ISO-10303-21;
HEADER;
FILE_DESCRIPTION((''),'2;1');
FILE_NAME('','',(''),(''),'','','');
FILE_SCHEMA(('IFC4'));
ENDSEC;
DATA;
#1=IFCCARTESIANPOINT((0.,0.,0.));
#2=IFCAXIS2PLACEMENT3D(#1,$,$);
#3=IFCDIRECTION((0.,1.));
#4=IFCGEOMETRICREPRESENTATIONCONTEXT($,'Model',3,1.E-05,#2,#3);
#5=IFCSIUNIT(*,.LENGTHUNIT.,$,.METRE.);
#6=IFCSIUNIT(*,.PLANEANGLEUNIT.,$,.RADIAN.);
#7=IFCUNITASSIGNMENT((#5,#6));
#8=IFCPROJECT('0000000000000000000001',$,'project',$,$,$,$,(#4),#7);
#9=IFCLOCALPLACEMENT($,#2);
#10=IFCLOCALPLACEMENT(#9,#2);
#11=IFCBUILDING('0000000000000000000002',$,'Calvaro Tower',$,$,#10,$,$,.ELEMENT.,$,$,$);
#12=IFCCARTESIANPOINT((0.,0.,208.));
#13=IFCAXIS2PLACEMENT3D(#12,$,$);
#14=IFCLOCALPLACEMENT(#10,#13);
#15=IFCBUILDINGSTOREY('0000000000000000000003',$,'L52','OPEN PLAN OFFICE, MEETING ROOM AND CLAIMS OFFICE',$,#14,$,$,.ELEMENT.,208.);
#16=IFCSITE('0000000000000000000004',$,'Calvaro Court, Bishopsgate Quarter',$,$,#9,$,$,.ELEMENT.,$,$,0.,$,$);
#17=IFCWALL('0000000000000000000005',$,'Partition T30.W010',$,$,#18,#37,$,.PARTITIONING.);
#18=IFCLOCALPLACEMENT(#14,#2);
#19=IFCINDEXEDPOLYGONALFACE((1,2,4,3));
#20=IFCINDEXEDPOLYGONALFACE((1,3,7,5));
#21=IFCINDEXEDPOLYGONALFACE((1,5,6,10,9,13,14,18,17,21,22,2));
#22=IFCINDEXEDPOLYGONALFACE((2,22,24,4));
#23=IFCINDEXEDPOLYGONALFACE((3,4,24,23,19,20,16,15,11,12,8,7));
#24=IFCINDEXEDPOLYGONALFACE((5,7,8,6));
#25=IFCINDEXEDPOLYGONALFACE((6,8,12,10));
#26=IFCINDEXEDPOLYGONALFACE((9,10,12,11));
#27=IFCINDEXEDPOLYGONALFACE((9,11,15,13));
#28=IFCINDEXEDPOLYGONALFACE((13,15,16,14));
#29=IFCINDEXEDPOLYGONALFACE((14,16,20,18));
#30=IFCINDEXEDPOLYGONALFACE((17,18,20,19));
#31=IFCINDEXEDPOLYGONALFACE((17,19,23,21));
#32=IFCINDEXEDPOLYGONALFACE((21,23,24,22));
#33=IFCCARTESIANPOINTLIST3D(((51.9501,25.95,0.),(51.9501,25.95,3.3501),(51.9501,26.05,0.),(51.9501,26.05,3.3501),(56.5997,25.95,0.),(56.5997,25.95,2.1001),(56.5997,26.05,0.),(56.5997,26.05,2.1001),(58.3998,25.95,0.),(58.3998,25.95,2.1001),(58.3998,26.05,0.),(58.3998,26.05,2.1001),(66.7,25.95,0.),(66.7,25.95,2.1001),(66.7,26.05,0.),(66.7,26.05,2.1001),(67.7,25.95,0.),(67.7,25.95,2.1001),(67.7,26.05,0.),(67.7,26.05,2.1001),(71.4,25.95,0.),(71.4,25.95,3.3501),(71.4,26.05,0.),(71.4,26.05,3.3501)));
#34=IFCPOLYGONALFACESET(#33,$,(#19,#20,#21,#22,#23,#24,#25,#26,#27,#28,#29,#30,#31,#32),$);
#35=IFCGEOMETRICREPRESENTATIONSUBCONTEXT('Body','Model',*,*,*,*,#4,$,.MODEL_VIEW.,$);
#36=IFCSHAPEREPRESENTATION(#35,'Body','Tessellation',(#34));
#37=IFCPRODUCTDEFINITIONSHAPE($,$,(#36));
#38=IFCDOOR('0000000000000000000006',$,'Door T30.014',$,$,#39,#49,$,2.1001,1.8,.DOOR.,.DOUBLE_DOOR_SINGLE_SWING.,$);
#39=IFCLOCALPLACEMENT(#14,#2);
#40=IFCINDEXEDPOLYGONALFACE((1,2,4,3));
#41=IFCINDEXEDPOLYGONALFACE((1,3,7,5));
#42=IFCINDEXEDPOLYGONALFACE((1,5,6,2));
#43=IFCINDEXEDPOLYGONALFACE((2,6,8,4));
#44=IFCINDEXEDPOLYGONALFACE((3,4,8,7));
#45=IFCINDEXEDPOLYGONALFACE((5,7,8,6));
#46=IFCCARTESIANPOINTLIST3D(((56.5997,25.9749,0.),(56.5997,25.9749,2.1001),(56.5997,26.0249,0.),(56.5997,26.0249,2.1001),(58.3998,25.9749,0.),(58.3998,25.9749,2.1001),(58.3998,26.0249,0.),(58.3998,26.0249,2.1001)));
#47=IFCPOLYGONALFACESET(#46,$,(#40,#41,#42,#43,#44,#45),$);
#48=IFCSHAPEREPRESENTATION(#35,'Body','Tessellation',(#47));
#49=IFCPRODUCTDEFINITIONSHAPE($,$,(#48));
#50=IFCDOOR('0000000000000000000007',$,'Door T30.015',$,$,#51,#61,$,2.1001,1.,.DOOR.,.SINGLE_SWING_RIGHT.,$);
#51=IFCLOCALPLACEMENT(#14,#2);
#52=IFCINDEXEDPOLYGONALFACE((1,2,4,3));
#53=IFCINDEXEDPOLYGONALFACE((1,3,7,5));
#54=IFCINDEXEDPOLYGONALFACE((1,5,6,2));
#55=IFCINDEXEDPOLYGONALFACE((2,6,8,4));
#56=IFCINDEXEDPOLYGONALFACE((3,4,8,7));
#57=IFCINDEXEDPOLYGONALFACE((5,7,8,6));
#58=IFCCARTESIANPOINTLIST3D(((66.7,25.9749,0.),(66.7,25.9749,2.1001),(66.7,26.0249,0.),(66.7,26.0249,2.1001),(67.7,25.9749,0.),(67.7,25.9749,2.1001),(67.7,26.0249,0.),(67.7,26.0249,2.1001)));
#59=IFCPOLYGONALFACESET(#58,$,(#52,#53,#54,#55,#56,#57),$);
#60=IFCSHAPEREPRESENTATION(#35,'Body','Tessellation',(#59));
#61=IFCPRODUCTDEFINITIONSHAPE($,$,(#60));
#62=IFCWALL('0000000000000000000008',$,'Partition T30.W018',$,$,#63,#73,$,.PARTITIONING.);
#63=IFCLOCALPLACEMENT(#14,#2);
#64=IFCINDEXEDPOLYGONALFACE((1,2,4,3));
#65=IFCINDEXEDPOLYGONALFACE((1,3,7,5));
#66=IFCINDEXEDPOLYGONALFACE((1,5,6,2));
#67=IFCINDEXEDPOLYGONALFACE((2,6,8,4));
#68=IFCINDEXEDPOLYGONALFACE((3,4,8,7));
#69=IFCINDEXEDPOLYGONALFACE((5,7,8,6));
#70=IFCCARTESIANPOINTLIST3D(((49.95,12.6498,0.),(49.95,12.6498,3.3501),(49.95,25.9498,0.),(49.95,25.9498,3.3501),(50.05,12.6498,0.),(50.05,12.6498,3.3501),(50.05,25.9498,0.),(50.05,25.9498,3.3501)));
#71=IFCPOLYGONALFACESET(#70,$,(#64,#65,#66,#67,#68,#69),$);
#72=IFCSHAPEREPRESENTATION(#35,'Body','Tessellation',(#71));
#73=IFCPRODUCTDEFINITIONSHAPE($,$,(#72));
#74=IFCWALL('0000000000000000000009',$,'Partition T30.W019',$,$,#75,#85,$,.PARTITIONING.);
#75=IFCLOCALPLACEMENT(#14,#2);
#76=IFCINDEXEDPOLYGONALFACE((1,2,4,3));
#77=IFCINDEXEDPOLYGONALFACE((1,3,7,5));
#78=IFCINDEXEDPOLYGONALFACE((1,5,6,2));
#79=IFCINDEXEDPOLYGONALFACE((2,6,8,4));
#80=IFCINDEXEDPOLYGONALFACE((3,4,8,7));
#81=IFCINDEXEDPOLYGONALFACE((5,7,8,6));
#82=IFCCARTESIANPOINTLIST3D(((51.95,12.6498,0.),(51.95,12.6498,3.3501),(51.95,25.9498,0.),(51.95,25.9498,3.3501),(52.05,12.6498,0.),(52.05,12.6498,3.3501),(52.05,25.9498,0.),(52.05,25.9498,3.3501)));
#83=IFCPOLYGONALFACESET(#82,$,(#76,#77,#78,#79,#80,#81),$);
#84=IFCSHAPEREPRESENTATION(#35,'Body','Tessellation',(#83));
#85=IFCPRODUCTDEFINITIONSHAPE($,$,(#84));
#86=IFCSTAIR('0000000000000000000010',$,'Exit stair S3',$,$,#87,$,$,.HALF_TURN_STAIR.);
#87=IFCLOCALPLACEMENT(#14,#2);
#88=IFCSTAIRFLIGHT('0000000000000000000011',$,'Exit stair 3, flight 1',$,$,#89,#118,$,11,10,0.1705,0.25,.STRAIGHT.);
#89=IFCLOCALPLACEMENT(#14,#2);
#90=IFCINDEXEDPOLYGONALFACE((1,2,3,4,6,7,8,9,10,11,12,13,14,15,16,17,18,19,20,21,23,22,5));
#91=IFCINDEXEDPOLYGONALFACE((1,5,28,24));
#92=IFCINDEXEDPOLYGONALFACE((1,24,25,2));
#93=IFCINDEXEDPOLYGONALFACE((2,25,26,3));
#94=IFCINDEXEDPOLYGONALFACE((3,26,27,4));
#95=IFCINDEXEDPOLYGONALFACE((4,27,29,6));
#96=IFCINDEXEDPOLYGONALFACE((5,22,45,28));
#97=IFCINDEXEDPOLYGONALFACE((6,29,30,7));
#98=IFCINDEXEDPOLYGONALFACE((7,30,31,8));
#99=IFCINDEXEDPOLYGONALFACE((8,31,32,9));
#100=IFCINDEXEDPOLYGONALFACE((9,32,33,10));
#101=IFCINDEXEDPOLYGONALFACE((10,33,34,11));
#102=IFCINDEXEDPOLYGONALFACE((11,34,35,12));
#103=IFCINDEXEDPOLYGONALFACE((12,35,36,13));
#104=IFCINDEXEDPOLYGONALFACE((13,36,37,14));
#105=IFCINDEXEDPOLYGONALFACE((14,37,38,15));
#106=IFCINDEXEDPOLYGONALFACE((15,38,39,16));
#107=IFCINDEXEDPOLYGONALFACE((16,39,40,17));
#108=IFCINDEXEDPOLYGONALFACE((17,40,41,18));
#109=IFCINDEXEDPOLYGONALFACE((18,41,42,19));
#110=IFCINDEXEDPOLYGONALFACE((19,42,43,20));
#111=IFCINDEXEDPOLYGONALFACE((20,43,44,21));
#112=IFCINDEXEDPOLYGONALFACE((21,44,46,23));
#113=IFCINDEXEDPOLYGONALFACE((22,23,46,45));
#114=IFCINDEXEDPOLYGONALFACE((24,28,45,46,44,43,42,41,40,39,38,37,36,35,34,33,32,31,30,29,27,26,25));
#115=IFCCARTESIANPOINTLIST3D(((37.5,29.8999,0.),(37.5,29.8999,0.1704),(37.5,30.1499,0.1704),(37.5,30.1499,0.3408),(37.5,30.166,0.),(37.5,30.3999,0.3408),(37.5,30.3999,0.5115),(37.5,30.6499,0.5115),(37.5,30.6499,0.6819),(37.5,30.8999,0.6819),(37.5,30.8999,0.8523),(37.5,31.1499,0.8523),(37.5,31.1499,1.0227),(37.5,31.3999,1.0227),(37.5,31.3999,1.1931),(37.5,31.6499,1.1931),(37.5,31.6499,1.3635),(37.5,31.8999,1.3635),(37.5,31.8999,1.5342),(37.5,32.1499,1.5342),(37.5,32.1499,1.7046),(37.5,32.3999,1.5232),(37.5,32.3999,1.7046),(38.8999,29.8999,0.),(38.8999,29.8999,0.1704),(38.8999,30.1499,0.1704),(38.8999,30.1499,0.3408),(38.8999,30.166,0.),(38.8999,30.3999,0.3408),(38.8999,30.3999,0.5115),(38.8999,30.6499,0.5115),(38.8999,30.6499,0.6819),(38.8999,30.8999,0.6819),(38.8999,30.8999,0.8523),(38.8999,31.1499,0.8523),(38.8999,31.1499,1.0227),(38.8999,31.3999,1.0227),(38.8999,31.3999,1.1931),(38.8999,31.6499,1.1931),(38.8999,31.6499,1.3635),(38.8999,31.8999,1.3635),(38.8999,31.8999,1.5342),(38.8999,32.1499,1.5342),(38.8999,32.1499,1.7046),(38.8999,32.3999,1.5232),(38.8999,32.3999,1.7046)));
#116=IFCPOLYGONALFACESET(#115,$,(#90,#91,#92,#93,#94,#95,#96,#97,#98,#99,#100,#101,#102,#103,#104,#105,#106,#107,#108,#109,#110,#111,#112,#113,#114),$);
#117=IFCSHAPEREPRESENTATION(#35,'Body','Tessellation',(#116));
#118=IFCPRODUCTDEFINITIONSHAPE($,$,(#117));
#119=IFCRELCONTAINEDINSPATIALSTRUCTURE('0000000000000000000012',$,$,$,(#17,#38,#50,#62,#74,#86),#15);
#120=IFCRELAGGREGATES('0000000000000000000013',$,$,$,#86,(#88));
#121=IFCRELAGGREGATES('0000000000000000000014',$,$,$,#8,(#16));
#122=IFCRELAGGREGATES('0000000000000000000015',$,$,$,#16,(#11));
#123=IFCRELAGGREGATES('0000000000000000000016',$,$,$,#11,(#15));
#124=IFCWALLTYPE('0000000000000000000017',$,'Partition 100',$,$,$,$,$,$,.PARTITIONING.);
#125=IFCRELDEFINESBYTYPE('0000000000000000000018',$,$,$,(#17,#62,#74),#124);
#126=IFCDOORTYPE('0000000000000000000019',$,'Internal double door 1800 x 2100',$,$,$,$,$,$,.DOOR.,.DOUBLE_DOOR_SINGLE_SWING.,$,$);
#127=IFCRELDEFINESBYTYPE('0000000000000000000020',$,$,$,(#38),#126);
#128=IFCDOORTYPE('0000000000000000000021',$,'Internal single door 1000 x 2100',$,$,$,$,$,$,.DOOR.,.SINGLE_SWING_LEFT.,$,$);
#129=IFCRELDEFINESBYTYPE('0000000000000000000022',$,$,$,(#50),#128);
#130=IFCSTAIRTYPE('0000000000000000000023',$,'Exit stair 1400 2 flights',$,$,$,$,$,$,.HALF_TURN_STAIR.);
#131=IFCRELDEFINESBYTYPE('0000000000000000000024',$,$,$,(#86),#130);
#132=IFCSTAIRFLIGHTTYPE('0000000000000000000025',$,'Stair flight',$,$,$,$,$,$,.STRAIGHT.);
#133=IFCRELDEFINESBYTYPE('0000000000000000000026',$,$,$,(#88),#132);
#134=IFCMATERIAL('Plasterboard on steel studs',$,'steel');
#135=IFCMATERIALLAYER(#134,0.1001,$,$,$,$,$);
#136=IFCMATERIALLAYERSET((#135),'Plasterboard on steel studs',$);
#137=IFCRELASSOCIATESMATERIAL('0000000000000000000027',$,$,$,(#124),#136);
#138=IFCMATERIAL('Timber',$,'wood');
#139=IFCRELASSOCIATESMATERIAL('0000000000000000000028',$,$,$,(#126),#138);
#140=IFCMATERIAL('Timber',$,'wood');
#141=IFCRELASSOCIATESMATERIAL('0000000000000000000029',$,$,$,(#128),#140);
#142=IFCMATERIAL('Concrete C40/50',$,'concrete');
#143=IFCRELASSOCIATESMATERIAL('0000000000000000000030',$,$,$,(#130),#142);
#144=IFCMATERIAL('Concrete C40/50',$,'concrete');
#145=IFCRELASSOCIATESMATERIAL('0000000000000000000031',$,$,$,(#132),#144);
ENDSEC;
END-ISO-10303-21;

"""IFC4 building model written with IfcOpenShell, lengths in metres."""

from ifc_helpers import new_model, si_unit, direction, frame, frame_2d, origin, place, context, subcontext, project, spatial, polyline, rectangle, outline, extrude, material, layer, layer_set, type_object, element, fill, aggregate, save


model = new_model("IFC4")

# Units and contexts
model_context = context("Model", 3, precision=1e-05, world=origin(), true_north=direction((0.0, 1.0)))
body_context = subcontext(model_context, "Body", "Model", "MODEL_VIEW")
ifc_project = project(units=[si_unit("LENGTHUNIT", "METRE"), si_unit("PLANEANGLEUNIT", "RADIAN")], contexts=[model_context])

# Site, building, storey
site_placement = place(None, origin())
site = spatial("IfcSite", under=ifc_project, at=site_placement, Name="Calvaro Court, Bishopsgate Quarter", CompositionType="ELEMENT", RefElevation=0.0)
building_placement = place(site_placement, origin())
building = spatial("IfcBuilding", under=site, at=building_placement, Name="Calvaro Tower", CompositionType="ELEMENT")
storey_placement = place(building_placement, frame((0.0, 0.0, 208.0)))
storey = spatial("IfcBuildingStorey", under=building, at=storey_placement, Name="L52", Description="OPEN PLAN OFFICE, MEETING ROOM AND CLAIMS OFFICE", CompositionType="ELEMENT", Elevation=208.0)

# Shared definitions
ifc_material_1 = material(Name="Plasterboard on steel studs", Category="steel")
ifc_layer_1 = layer(ifc_material_1, 0.1001)
ifc_layer_set_1 = layer_set([ifc_layer_1], Name="Plasterboard on steel studs")
wall_type_1 = type_object("IfcWallType", Name="Partition 100", PredefinedType="PARTITIONING", material=ifc_layer_set_1)
ifc_material_2 = material(Name="Timber", Category="wood")
door_type_1 = type_object("IfcDoorType", Name="Internal double door 1800 x 2100", OperationType="DOUBLE_DOOR_SINGLE_SWING", PredefinedType="DOOR", material=ifc_material_2)
ifc_material_3 = material(Name="Timber", Category="wood")
door_type_2 = type_object("IfcDoorType", Name="Internal single door 1000 x 2100", OperationType="SINGLE_SWING_LEFT", PredefinedType="DOOR", material=ifc_material_3)

# Wall, openings, doors
wall_1_placement = place(storey_placement, frame((51.95, 26.0, 0.0), z_axis=(0.0, 0.0, 1.0), x_axis=(1.0, 0.0, 0.0)))
wall_1 = element("IfcWall", 1, at=wall_1_placement, inside=storey, type_object=wall_type_1, Name="Partition T30.W010", PredefinedType="PARTITIONING", context=body_context, shape_type="SweptSolid", body=[
    extrude(rectangle(XDim=19.45, YDim=0.1001, at=frame_2d((9.7251, 0.0))), origin(), (0.0, 0.0, 1.0), 3.3501),
])
opening_1_placement = place(wall_1_placement, frame((4.6499, 0.0, 0.0)))
opening_1 = element("IfcOpeningElement", 2, at=opening_1_placement, cuts=wall_1, PredefinedType="OPENING", context=body_context, shape_type="SweptSolid", body=[
    extrude(rectangle(XDim=1.8, YDim=2.1001, at=frame_2d((0.8999, 1.05))), frame((0.0, 0.0601, 0.0), z_axis=(0.0, -1.0, 0.0), x_axis=(1.0, 0.0, 0.0)), (0.0, 0.0, 1.0), 0.1201),
])
opening_2_placement = place(wall_1_placement, frame((14.75, 0.0, 0.0)))
opening_2 = element("IfcOpeningElement", 3, at=opening_2_placement, cuts=wall_1, PredefinedType="OPENING", context=body_context, shape_type="SweptSolid", body=[
    extrude(rectangle(XDim=1.0, YDim=2.1001, at=frame_2d((0.5, 1.05))), frame((0.0, 0.0601, 0.0), z_axis=(0.0, -1.0, 0.0), x_axis=(1.0, 0.0, 0.0)), (0.0, 0.0, 1.0), 0.1201),
])
door_1_placement = place(opening_1_placement, origin())
door_1 = element("IfcDoor", 4, at=door_1_placement, inside=storey, type_object=door_type_1, Name="Door T30.014", OperationType="DOUBLE_DOOR_SINGLE_SWING", OverallHeight=2.1001, OverallWidth=1.8, PredefinedType="DOOR", context=body_context, shape_type="SweptSolid", body=[
    extrude(rectangle(XDim=1.8, YDim=2.1001, at=frame_2d((0.8999, 1.05))), frame((0.0, 0.0249, 0.0), z_axis=(0.0, -1.0, 0.0), x_axis=(1.0, 0.0, 0.0)), (0.0, 0.0, 1.0), 0.05),
])
fill(opening_1, door_1)
door_2_placement = place(opening_2_placement, origin())
door_2 = element("IfcDoor", 5, at=door_2_placement, inside=storey, type_object=door_type_2, Name="Door T30.015", OperationType="SINGLE_SWING_RIGHT", OverallHeight=2.1001, OverallWidth=1.0, PredefinedType="DOOR", context=body_context, shape_type="SweptSolid", body=[
    extrude(rectangle(XDim=1.0, YDim=2.1001, at=frame_2d((0.5, 1.05))), frame((0.0, 0.0249, 0.0), z_axis=(0.0, -1.0, 0.0), x_axis=(1.0, 0.0, 0.0)), (0.0, 0.0, 1.0), 0.05),
])
fill(opening_2, door_2)

# Walls
for number, where, z_axis, x_axis, name in (
    (6, (50.0, 12.6499, 0.0), (0.0, 0.0, 1.0), (0.0, 1.0, 0.0), "Partition T30.W018"),
    (7, (52.0, 12.6499, 0.0), (0.0, 0.0, 1.0), (0.0, 1.0, 0.0), "Partition T30.W019"),
):
    element("IfcWall", number, at=place(storey_placement, frame(where, z_axis=z_axis, x_axis=x_axis)), inside=storey, type_object=wall_type_1, Name=name, PredefinedType="PARTITIONING", context=body_context, shape_type="SweptSolid", body=[
        extrude(rectangle(XDim=13.3, YDim=0.1001, at=frame_2d((6.6499, 0.0))), origin(), (0.0, 0.0, 1.0), 3.3501),
    ])

# Stair, stair flight
ifc_material_4 = material(Name="Concrete C40/50", Category="concrete")
stair_type = type_object("IfcStairType", Name="Exit stair 1400 2 flights", PredefinedType="HALF_TURN_STAIR", material=ifc_material_4)
stair_placement = place(storey_placement, origin())
stair = element("IfcStair", 8, at=stair_placement, inside=storey, type_object=stair_type, Name="Exit stair S3", PredefinedType="HALF_TURN_STAIR")
ifc_material_5 = material(Name="Concrete C40/50", Category="concrete")
stair_flight_type = type_object("IfcStairFlightType", Name="Stair flight", PredefinedType="STRAIGHT", material=ifc_material_5)
stair_flight_placement = place(storey_placement, frame((38.2, 29.8999, 0.0), z_axis=(0.0, 0.0, 1.0), x_axis=(0.0, 1.0, 0.0)))
stair_flight = element("IfcStairFlight", 9, at=stair_flight_placement, type_object=stair_flight_type, Name="Exit stair 3, flight 1", NumberOfRisers=11, NumberOfTreads=10, PredefinedType="STRAIGHT", RiserHeight=0.1705, TreadLength=0.25, context=body_context, shape_type="SweptSolid", body=[
    extrude(outline(polyline([(0.0, 0.0), (0.0, 0.1704), (0.25, 0.1704), (0.25, 0.3408), (0.5, 0.3408), (0.5, 0.5115), (0.75, 0.5115), (0.75, 0.6819), (1.0, 0.6819), (1.0, 0.8523), (1.25, 0.8523), (1.25, 1.0227), (1.5, 1.0227), (1.5, 1.1931), (1.75, 1.1931), (1.75, 1.3635), (2.0, 1.3635), (2.0, 1.5342), (2.25, 1.5342), (2.25, 1.7046), (2.5, 1.7046), (2.5, 1.875), (2.5, 1.5232), (0.2661, 0.0), (0.0, 0.0)])), frame((0.0, 0.7, 0.0), z_axis=(0.0, -1.0, 0.0), x_axis=(1.0, 0.0, 0.0)), (0.0, 0.0, 1.0), 1.3999),
])
aggregate(stair, [stair_flight])

save(model, "model.ifc")
